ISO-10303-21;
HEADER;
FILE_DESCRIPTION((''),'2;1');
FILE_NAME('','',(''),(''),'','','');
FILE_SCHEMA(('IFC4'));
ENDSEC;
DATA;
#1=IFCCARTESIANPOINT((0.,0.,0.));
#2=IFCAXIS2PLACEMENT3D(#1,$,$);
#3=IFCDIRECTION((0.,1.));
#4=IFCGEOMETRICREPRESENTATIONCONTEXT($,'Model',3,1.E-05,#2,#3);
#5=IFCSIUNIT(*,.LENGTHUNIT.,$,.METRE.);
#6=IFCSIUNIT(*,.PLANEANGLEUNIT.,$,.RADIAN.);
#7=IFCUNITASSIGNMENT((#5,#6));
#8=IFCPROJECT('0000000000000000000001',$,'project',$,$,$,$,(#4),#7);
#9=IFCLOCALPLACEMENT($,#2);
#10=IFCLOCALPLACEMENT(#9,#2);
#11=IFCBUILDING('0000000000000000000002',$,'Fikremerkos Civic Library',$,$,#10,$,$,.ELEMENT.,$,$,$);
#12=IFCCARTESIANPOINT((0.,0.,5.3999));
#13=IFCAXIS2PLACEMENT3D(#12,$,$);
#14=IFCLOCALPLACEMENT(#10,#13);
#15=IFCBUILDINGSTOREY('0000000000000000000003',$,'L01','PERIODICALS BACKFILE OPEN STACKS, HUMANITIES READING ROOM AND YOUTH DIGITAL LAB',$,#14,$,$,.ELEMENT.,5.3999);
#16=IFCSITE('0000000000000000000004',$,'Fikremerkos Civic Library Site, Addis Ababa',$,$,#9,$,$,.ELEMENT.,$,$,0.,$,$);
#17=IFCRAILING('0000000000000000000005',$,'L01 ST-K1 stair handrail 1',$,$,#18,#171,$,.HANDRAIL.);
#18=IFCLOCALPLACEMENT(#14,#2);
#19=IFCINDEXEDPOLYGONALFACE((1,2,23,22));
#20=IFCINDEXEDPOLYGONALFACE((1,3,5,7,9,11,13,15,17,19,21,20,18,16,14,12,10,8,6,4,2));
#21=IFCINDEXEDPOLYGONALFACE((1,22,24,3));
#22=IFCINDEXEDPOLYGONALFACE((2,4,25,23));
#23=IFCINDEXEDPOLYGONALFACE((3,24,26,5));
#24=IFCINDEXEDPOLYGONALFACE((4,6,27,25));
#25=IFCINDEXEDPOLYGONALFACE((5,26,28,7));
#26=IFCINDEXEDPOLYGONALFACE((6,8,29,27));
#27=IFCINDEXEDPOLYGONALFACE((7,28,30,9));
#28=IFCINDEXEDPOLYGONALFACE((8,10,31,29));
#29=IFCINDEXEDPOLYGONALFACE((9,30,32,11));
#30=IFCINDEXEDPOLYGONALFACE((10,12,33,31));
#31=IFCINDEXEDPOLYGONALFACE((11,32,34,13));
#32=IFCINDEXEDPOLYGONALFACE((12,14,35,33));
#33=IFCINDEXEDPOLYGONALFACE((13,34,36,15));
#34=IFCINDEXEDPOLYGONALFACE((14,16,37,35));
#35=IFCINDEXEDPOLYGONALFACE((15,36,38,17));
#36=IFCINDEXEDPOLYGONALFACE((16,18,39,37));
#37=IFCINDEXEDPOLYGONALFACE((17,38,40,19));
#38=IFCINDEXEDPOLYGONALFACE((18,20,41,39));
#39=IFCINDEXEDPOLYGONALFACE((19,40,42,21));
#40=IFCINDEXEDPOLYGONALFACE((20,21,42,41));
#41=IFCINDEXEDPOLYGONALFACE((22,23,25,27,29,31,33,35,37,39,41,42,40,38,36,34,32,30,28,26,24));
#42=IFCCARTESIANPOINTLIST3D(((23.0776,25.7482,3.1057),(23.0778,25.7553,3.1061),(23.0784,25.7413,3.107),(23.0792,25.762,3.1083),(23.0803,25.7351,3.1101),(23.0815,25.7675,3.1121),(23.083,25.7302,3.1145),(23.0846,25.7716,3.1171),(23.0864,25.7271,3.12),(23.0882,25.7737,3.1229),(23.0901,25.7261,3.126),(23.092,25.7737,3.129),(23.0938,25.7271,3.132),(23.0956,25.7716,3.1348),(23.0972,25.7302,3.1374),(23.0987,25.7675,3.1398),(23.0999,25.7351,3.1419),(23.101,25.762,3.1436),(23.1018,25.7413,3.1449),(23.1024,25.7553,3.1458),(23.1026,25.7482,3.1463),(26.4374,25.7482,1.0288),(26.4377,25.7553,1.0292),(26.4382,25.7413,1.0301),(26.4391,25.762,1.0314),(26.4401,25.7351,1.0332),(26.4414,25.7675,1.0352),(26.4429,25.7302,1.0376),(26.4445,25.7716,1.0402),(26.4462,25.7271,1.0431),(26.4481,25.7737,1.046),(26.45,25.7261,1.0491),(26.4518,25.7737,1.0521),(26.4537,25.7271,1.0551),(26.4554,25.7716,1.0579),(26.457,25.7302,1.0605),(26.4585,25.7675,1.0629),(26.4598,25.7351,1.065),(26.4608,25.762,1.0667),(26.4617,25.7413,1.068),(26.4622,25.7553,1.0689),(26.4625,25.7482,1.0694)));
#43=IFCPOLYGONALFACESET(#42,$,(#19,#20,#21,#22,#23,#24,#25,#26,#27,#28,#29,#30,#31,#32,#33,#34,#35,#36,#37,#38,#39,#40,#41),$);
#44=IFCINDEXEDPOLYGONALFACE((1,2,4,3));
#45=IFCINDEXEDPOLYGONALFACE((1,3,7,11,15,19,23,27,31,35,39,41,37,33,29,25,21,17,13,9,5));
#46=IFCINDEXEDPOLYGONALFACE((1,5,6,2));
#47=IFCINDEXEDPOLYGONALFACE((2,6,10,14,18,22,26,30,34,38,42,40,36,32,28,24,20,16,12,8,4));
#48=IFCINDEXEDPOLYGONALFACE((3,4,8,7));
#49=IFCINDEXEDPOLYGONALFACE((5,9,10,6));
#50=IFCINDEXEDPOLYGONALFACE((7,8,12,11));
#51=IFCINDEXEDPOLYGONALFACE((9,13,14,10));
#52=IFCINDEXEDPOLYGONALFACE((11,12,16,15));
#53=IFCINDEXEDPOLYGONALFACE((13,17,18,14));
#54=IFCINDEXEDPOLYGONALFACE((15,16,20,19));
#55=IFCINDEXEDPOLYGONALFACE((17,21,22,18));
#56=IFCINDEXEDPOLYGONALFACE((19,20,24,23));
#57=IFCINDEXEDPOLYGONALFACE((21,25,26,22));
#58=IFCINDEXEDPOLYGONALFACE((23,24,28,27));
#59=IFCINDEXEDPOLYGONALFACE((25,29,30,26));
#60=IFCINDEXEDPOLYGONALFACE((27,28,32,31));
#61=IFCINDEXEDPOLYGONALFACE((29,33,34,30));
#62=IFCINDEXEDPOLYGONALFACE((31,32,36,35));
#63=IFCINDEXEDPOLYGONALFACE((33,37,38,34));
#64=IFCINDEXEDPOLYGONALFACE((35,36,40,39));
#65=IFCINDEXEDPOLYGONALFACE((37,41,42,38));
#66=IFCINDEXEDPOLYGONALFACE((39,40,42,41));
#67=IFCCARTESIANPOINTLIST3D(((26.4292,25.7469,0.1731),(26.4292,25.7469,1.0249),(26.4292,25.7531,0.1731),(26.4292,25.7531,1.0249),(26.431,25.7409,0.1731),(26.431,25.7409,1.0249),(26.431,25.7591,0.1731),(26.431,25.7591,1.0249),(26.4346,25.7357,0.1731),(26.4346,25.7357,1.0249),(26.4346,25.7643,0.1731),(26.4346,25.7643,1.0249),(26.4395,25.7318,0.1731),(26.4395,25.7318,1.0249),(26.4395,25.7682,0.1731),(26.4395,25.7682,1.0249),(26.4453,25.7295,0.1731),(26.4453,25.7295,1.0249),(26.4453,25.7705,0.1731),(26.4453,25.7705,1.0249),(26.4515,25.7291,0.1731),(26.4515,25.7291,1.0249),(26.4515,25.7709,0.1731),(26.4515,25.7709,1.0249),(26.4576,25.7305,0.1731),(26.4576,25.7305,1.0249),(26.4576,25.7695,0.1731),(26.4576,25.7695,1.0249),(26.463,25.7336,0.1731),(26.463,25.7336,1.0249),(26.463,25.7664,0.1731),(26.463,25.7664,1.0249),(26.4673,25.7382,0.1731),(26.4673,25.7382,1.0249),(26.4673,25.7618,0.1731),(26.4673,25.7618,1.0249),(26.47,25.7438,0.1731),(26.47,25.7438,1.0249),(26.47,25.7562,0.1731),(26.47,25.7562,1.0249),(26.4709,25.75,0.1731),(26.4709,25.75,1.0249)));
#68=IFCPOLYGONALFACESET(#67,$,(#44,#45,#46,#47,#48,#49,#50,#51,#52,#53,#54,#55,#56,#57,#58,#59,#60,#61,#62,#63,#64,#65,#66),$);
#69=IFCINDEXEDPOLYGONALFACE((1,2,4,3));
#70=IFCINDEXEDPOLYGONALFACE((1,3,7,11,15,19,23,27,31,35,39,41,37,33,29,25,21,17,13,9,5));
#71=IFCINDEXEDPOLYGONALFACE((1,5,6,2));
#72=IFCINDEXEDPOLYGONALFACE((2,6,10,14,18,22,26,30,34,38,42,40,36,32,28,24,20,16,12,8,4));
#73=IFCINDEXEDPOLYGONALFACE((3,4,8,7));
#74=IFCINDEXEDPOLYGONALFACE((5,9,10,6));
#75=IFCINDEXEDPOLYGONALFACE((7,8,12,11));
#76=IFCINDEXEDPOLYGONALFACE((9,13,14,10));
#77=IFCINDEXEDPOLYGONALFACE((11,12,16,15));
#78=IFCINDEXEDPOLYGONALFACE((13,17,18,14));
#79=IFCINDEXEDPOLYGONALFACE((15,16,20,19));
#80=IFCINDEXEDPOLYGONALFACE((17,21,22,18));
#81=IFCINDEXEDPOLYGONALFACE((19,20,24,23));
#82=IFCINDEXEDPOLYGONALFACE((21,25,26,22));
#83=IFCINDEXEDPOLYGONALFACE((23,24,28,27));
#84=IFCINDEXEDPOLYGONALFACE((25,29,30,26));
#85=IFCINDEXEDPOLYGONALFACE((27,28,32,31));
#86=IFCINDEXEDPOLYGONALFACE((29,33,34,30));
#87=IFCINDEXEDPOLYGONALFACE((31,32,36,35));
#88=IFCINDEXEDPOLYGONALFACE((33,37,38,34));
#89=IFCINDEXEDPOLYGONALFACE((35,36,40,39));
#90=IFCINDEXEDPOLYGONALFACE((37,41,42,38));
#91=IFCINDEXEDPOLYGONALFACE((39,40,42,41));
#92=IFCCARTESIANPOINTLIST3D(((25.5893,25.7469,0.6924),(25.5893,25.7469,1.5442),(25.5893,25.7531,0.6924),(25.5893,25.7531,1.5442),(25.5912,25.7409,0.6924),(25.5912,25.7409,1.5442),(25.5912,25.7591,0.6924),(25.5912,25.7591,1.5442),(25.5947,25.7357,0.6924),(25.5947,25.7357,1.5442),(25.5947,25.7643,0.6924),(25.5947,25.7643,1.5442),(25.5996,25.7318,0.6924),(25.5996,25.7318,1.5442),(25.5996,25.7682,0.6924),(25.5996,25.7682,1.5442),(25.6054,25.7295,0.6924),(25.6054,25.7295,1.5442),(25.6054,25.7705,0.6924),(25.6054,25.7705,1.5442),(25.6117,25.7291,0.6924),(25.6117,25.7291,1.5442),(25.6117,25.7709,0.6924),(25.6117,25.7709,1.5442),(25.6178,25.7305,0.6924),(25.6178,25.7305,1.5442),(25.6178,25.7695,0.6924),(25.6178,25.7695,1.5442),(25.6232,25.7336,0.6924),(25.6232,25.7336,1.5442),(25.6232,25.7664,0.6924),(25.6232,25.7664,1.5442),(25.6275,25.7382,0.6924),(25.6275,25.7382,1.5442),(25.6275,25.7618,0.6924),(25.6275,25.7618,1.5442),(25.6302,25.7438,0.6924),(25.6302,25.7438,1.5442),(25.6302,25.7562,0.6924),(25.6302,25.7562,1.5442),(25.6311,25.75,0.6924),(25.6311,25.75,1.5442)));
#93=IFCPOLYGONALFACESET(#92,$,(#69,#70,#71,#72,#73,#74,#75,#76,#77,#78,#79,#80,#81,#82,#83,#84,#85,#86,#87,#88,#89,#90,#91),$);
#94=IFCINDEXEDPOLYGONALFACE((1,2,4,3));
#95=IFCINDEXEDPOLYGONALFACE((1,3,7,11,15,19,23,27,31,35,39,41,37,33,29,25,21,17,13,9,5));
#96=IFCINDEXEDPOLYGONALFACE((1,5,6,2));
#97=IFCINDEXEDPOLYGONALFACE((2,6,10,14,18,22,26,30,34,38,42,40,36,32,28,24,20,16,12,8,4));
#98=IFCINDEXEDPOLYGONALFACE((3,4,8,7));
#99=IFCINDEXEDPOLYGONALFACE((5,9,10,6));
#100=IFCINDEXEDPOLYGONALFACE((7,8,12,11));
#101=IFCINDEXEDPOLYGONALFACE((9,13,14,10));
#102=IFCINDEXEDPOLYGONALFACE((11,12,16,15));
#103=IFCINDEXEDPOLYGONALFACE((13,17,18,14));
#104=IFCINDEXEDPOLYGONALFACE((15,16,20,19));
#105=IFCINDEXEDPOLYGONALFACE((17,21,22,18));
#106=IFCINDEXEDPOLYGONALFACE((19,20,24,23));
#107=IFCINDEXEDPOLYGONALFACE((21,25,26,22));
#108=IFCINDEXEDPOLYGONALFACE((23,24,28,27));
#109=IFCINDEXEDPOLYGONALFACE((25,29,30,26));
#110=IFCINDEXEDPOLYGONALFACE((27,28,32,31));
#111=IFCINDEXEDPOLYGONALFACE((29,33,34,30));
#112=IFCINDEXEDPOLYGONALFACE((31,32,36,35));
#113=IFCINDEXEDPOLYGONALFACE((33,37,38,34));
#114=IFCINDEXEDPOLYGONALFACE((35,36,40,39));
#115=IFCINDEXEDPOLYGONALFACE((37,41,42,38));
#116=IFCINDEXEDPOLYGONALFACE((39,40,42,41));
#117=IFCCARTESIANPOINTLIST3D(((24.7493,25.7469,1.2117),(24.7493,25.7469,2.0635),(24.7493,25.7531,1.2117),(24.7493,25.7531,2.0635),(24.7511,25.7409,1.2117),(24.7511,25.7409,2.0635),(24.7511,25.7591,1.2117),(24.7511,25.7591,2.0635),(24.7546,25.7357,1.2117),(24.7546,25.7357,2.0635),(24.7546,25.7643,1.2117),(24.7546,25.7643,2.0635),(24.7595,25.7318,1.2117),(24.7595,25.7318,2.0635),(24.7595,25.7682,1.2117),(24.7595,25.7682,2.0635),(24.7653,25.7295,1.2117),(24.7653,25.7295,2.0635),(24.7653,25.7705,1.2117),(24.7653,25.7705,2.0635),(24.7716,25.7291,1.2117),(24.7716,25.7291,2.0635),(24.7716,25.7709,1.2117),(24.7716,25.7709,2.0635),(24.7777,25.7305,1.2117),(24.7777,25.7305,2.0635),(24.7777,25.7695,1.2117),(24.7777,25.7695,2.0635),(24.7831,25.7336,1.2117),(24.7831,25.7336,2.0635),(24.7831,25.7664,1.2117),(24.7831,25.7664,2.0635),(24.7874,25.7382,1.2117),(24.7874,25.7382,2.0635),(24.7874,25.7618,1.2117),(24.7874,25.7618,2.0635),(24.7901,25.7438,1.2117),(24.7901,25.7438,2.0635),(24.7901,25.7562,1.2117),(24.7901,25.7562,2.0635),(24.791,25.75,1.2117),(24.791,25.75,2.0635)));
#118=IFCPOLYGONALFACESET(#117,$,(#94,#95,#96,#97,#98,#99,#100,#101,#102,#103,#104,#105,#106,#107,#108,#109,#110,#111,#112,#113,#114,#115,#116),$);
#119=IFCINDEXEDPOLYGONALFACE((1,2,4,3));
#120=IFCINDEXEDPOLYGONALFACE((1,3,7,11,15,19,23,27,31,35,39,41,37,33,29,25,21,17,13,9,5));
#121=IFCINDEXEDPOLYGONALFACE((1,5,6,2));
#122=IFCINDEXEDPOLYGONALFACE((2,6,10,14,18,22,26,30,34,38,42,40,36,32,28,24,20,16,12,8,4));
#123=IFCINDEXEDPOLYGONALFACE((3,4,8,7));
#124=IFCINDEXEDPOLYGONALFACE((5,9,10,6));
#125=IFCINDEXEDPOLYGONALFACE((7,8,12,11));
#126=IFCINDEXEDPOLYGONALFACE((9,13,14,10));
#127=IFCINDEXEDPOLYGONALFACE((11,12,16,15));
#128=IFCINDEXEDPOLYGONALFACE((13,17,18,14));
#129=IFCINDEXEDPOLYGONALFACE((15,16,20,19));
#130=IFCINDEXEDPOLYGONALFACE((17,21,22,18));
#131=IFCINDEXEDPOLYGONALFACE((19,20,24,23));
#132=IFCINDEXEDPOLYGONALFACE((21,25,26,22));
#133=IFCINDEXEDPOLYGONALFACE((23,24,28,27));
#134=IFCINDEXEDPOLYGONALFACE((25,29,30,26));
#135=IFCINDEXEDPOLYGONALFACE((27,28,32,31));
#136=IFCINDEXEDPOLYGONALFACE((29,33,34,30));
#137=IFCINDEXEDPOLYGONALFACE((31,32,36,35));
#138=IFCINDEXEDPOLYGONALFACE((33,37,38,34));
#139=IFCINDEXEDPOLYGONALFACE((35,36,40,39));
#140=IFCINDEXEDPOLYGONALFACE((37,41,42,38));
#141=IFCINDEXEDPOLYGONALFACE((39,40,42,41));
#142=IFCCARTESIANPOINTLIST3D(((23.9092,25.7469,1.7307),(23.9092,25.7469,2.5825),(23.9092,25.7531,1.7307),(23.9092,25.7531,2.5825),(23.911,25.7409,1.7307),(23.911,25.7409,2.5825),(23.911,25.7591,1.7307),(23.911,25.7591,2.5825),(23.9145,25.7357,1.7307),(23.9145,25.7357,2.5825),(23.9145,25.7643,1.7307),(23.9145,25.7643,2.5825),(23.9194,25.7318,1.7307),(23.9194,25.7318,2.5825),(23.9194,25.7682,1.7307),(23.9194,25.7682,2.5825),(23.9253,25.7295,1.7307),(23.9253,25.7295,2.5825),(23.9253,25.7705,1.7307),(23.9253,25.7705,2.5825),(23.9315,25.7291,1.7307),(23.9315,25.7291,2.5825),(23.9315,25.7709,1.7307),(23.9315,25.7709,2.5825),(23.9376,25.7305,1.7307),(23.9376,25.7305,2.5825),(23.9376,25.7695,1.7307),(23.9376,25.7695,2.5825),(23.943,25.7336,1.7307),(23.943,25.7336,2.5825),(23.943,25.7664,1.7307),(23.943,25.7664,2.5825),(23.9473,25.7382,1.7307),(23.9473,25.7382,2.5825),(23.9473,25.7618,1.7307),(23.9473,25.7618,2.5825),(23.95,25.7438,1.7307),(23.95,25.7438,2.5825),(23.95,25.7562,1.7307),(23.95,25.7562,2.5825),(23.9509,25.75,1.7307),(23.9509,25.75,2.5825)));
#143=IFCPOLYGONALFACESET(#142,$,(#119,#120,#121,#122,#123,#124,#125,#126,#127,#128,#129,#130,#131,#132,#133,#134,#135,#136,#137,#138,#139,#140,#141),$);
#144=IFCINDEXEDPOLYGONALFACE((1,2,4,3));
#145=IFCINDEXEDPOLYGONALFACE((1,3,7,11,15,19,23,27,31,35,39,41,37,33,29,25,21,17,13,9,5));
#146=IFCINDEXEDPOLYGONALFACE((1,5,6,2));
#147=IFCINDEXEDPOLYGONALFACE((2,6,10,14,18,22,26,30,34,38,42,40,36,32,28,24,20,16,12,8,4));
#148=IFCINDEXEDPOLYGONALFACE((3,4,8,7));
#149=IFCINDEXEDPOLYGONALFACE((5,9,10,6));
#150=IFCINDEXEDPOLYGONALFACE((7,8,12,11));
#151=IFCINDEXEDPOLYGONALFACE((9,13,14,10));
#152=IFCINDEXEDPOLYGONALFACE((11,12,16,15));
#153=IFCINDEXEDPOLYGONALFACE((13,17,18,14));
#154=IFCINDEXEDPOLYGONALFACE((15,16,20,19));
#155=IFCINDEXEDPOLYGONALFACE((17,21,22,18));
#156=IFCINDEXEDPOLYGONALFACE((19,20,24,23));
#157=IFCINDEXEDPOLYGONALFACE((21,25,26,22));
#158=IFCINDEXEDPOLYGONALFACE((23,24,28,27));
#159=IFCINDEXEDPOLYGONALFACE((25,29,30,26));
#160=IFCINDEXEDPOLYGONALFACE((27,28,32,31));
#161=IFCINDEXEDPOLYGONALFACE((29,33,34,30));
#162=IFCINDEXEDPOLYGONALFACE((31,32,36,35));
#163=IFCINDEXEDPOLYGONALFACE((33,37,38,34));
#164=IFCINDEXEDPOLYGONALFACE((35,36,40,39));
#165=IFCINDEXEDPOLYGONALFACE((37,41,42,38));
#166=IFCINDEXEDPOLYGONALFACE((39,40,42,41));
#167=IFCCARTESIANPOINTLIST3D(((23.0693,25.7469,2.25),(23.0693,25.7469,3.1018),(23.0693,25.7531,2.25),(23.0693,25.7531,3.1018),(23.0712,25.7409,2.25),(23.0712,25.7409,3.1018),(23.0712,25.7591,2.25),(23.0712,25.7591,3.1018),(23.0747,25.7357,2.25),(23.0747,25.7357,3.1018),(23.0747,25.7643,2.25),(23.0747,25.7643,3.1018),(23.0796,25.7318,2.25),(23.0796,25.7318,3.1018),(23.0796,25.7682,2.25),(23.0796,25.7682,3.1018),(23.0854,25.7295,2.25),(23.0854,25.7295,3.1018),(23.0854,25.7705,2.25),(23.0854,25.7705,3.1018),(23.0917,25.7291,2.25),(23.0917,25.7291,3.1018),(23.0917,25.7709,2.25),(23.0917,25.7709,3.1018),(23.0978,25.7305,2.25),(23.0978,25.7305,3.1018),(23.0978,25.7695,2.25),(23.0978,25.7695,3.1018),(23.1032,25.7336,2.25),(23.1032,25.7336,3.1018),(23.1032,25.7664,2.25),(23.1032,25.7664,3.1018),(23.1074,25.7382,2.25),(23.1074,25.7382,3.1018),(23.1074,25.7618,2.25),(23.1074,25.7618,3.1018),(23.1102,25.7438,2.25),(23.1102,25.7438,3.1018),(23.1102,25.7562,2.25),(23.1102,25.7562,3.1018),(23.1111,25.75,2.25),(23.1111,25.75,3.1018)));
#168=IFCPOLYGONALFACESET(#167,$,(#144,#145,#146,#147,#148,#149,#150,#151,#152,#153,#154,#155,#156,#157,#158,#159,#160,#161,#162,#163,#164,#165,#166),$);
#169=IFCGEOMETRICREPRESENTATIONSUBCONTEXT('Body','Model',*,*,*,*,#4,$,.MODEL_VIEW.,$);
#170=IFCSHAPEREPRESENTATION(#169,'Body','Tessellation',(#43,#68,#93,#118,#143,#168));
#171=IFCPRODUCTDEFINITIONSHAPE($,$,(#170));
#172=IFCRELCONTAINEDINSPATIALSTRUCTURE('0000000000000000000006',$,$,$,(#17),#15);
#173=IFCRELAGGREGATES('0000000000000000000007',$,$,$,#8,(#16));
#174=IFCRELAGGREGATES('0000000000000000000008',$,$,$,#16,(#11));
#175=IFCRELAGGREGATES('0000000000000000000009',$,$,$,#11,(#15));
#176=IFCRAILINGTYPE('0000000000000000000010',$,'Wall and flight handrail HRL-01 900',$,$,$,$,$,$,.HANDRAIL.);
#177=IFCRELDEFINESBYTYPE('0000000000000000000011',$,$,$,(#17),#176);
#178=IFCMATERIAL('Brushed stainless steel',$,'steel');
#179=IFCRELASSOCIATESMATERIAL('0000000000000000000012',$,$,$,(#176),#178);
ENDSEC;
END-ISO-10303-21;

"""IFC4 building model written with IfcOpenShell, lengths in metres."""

from ifc_helpers import new_model, si_unit, direction, frame, origin, origin_2d, place, context, subcontext, project, spatial, circle, extrude, material, type_object, element, save


model = new_model("IFC4")

# Units and contexts
model_context = context("Model", 3, precision=1e-05, world=origin(), true_north=direction((0.0, 1.0)))
body_context = subcontext(model_context, "Body", "Model", "MODEL_VIEW")
ifc_project = project(units=[si_unit("LENGTHUNIT", "METRE"), si_unit("PLANEANGLEUNIT", "RADIAN")], contexts=[model_context])

# Site, building, storey
site_placement = place(None, origin())
site = spatial("IfcSite", under=ifc_project, at=site_placement, Name="Fikremerkos Civic Library Site, Addis Ababa", CompositionType="ELEMENT", RefElevation=0.0)
building_placement = place(site_placement, origin())
building = spatial("IfcBuilding", under=site, at=building_placement, Name="Fikremerkos Civic Library", CompositionType="ELEMENT")
storey_placement = place(building_placement, frame((0.0, 0.0, 5.3999)))
storey = spatial("IfcBuildingStorey", under=building, at=storey_placement, Name="L01", Description="PERIODICALS BACKFILE OPEN STACKS, HUMANITIES READING ROOM AND YOUTH DIGITAL LAB", CompositionType="ELEMENT", Elevation=5.3999)

# Shared definitions
ifc_material_1 = material(Name="Brushed stainless steel", Category="steel")

# Railing
railing_type_1 = type_object("IfcRailingType", Name="Wall and flight handrail HRL-01 900", PredefinedType="HANDRAIL", material=ifc_material_1)
railing_1_placement = place(storey_placement, frame((26.45, 25.75, 0.1731)))
element("IfcRailing", 1, at=railing_1_placement, inside=storey, type_object=railing_type_1, Name="L01 ST-K1 stair handrail 1", PredefinedType="HANDRAIL", context=body_context, shape_type="SweptSolid", body=[
    extrude(circle(Radius=0.0239, at=origin_2d()), frame((0.0, 0.0, 0.876), z_axis=(-0.850606, 0.0, 0.525803), x_axis=(0.0, -1.0, 0.0)), (0.0, 0.0, 1.0), 3.95),
    extrude(circle(Radius=0.021, at=origin_2d()), origin(), (0.0, 0.0, 1.0), 0.8518),
    extrude(circle(Radius=0.021, at=origin_2d()), frame((-0.8398, 0.0, 0.5193)), (0.0, 0.0, 1.0), 0.8518),
    extrude(circle(Radius=0.021, at=origin_2d()), frame((-1.6799, 0.0, 1.0386)), (0.0, 0.0, 1.0), 0.8518),
    extrude(circle(Radius=0.021, at=origin_2d()), frame((-2.52, 0.0, 1.5576)), (0.0, 0.0, 1.0), 0.8518),
    extrude(circle(Radius=0.021, at=origin_2d()), frame((-3.3599, 0.0, 2.0769)), (0.0, 0.0, 1.0), 0.8518),
])

save(model, "model.ifc")
